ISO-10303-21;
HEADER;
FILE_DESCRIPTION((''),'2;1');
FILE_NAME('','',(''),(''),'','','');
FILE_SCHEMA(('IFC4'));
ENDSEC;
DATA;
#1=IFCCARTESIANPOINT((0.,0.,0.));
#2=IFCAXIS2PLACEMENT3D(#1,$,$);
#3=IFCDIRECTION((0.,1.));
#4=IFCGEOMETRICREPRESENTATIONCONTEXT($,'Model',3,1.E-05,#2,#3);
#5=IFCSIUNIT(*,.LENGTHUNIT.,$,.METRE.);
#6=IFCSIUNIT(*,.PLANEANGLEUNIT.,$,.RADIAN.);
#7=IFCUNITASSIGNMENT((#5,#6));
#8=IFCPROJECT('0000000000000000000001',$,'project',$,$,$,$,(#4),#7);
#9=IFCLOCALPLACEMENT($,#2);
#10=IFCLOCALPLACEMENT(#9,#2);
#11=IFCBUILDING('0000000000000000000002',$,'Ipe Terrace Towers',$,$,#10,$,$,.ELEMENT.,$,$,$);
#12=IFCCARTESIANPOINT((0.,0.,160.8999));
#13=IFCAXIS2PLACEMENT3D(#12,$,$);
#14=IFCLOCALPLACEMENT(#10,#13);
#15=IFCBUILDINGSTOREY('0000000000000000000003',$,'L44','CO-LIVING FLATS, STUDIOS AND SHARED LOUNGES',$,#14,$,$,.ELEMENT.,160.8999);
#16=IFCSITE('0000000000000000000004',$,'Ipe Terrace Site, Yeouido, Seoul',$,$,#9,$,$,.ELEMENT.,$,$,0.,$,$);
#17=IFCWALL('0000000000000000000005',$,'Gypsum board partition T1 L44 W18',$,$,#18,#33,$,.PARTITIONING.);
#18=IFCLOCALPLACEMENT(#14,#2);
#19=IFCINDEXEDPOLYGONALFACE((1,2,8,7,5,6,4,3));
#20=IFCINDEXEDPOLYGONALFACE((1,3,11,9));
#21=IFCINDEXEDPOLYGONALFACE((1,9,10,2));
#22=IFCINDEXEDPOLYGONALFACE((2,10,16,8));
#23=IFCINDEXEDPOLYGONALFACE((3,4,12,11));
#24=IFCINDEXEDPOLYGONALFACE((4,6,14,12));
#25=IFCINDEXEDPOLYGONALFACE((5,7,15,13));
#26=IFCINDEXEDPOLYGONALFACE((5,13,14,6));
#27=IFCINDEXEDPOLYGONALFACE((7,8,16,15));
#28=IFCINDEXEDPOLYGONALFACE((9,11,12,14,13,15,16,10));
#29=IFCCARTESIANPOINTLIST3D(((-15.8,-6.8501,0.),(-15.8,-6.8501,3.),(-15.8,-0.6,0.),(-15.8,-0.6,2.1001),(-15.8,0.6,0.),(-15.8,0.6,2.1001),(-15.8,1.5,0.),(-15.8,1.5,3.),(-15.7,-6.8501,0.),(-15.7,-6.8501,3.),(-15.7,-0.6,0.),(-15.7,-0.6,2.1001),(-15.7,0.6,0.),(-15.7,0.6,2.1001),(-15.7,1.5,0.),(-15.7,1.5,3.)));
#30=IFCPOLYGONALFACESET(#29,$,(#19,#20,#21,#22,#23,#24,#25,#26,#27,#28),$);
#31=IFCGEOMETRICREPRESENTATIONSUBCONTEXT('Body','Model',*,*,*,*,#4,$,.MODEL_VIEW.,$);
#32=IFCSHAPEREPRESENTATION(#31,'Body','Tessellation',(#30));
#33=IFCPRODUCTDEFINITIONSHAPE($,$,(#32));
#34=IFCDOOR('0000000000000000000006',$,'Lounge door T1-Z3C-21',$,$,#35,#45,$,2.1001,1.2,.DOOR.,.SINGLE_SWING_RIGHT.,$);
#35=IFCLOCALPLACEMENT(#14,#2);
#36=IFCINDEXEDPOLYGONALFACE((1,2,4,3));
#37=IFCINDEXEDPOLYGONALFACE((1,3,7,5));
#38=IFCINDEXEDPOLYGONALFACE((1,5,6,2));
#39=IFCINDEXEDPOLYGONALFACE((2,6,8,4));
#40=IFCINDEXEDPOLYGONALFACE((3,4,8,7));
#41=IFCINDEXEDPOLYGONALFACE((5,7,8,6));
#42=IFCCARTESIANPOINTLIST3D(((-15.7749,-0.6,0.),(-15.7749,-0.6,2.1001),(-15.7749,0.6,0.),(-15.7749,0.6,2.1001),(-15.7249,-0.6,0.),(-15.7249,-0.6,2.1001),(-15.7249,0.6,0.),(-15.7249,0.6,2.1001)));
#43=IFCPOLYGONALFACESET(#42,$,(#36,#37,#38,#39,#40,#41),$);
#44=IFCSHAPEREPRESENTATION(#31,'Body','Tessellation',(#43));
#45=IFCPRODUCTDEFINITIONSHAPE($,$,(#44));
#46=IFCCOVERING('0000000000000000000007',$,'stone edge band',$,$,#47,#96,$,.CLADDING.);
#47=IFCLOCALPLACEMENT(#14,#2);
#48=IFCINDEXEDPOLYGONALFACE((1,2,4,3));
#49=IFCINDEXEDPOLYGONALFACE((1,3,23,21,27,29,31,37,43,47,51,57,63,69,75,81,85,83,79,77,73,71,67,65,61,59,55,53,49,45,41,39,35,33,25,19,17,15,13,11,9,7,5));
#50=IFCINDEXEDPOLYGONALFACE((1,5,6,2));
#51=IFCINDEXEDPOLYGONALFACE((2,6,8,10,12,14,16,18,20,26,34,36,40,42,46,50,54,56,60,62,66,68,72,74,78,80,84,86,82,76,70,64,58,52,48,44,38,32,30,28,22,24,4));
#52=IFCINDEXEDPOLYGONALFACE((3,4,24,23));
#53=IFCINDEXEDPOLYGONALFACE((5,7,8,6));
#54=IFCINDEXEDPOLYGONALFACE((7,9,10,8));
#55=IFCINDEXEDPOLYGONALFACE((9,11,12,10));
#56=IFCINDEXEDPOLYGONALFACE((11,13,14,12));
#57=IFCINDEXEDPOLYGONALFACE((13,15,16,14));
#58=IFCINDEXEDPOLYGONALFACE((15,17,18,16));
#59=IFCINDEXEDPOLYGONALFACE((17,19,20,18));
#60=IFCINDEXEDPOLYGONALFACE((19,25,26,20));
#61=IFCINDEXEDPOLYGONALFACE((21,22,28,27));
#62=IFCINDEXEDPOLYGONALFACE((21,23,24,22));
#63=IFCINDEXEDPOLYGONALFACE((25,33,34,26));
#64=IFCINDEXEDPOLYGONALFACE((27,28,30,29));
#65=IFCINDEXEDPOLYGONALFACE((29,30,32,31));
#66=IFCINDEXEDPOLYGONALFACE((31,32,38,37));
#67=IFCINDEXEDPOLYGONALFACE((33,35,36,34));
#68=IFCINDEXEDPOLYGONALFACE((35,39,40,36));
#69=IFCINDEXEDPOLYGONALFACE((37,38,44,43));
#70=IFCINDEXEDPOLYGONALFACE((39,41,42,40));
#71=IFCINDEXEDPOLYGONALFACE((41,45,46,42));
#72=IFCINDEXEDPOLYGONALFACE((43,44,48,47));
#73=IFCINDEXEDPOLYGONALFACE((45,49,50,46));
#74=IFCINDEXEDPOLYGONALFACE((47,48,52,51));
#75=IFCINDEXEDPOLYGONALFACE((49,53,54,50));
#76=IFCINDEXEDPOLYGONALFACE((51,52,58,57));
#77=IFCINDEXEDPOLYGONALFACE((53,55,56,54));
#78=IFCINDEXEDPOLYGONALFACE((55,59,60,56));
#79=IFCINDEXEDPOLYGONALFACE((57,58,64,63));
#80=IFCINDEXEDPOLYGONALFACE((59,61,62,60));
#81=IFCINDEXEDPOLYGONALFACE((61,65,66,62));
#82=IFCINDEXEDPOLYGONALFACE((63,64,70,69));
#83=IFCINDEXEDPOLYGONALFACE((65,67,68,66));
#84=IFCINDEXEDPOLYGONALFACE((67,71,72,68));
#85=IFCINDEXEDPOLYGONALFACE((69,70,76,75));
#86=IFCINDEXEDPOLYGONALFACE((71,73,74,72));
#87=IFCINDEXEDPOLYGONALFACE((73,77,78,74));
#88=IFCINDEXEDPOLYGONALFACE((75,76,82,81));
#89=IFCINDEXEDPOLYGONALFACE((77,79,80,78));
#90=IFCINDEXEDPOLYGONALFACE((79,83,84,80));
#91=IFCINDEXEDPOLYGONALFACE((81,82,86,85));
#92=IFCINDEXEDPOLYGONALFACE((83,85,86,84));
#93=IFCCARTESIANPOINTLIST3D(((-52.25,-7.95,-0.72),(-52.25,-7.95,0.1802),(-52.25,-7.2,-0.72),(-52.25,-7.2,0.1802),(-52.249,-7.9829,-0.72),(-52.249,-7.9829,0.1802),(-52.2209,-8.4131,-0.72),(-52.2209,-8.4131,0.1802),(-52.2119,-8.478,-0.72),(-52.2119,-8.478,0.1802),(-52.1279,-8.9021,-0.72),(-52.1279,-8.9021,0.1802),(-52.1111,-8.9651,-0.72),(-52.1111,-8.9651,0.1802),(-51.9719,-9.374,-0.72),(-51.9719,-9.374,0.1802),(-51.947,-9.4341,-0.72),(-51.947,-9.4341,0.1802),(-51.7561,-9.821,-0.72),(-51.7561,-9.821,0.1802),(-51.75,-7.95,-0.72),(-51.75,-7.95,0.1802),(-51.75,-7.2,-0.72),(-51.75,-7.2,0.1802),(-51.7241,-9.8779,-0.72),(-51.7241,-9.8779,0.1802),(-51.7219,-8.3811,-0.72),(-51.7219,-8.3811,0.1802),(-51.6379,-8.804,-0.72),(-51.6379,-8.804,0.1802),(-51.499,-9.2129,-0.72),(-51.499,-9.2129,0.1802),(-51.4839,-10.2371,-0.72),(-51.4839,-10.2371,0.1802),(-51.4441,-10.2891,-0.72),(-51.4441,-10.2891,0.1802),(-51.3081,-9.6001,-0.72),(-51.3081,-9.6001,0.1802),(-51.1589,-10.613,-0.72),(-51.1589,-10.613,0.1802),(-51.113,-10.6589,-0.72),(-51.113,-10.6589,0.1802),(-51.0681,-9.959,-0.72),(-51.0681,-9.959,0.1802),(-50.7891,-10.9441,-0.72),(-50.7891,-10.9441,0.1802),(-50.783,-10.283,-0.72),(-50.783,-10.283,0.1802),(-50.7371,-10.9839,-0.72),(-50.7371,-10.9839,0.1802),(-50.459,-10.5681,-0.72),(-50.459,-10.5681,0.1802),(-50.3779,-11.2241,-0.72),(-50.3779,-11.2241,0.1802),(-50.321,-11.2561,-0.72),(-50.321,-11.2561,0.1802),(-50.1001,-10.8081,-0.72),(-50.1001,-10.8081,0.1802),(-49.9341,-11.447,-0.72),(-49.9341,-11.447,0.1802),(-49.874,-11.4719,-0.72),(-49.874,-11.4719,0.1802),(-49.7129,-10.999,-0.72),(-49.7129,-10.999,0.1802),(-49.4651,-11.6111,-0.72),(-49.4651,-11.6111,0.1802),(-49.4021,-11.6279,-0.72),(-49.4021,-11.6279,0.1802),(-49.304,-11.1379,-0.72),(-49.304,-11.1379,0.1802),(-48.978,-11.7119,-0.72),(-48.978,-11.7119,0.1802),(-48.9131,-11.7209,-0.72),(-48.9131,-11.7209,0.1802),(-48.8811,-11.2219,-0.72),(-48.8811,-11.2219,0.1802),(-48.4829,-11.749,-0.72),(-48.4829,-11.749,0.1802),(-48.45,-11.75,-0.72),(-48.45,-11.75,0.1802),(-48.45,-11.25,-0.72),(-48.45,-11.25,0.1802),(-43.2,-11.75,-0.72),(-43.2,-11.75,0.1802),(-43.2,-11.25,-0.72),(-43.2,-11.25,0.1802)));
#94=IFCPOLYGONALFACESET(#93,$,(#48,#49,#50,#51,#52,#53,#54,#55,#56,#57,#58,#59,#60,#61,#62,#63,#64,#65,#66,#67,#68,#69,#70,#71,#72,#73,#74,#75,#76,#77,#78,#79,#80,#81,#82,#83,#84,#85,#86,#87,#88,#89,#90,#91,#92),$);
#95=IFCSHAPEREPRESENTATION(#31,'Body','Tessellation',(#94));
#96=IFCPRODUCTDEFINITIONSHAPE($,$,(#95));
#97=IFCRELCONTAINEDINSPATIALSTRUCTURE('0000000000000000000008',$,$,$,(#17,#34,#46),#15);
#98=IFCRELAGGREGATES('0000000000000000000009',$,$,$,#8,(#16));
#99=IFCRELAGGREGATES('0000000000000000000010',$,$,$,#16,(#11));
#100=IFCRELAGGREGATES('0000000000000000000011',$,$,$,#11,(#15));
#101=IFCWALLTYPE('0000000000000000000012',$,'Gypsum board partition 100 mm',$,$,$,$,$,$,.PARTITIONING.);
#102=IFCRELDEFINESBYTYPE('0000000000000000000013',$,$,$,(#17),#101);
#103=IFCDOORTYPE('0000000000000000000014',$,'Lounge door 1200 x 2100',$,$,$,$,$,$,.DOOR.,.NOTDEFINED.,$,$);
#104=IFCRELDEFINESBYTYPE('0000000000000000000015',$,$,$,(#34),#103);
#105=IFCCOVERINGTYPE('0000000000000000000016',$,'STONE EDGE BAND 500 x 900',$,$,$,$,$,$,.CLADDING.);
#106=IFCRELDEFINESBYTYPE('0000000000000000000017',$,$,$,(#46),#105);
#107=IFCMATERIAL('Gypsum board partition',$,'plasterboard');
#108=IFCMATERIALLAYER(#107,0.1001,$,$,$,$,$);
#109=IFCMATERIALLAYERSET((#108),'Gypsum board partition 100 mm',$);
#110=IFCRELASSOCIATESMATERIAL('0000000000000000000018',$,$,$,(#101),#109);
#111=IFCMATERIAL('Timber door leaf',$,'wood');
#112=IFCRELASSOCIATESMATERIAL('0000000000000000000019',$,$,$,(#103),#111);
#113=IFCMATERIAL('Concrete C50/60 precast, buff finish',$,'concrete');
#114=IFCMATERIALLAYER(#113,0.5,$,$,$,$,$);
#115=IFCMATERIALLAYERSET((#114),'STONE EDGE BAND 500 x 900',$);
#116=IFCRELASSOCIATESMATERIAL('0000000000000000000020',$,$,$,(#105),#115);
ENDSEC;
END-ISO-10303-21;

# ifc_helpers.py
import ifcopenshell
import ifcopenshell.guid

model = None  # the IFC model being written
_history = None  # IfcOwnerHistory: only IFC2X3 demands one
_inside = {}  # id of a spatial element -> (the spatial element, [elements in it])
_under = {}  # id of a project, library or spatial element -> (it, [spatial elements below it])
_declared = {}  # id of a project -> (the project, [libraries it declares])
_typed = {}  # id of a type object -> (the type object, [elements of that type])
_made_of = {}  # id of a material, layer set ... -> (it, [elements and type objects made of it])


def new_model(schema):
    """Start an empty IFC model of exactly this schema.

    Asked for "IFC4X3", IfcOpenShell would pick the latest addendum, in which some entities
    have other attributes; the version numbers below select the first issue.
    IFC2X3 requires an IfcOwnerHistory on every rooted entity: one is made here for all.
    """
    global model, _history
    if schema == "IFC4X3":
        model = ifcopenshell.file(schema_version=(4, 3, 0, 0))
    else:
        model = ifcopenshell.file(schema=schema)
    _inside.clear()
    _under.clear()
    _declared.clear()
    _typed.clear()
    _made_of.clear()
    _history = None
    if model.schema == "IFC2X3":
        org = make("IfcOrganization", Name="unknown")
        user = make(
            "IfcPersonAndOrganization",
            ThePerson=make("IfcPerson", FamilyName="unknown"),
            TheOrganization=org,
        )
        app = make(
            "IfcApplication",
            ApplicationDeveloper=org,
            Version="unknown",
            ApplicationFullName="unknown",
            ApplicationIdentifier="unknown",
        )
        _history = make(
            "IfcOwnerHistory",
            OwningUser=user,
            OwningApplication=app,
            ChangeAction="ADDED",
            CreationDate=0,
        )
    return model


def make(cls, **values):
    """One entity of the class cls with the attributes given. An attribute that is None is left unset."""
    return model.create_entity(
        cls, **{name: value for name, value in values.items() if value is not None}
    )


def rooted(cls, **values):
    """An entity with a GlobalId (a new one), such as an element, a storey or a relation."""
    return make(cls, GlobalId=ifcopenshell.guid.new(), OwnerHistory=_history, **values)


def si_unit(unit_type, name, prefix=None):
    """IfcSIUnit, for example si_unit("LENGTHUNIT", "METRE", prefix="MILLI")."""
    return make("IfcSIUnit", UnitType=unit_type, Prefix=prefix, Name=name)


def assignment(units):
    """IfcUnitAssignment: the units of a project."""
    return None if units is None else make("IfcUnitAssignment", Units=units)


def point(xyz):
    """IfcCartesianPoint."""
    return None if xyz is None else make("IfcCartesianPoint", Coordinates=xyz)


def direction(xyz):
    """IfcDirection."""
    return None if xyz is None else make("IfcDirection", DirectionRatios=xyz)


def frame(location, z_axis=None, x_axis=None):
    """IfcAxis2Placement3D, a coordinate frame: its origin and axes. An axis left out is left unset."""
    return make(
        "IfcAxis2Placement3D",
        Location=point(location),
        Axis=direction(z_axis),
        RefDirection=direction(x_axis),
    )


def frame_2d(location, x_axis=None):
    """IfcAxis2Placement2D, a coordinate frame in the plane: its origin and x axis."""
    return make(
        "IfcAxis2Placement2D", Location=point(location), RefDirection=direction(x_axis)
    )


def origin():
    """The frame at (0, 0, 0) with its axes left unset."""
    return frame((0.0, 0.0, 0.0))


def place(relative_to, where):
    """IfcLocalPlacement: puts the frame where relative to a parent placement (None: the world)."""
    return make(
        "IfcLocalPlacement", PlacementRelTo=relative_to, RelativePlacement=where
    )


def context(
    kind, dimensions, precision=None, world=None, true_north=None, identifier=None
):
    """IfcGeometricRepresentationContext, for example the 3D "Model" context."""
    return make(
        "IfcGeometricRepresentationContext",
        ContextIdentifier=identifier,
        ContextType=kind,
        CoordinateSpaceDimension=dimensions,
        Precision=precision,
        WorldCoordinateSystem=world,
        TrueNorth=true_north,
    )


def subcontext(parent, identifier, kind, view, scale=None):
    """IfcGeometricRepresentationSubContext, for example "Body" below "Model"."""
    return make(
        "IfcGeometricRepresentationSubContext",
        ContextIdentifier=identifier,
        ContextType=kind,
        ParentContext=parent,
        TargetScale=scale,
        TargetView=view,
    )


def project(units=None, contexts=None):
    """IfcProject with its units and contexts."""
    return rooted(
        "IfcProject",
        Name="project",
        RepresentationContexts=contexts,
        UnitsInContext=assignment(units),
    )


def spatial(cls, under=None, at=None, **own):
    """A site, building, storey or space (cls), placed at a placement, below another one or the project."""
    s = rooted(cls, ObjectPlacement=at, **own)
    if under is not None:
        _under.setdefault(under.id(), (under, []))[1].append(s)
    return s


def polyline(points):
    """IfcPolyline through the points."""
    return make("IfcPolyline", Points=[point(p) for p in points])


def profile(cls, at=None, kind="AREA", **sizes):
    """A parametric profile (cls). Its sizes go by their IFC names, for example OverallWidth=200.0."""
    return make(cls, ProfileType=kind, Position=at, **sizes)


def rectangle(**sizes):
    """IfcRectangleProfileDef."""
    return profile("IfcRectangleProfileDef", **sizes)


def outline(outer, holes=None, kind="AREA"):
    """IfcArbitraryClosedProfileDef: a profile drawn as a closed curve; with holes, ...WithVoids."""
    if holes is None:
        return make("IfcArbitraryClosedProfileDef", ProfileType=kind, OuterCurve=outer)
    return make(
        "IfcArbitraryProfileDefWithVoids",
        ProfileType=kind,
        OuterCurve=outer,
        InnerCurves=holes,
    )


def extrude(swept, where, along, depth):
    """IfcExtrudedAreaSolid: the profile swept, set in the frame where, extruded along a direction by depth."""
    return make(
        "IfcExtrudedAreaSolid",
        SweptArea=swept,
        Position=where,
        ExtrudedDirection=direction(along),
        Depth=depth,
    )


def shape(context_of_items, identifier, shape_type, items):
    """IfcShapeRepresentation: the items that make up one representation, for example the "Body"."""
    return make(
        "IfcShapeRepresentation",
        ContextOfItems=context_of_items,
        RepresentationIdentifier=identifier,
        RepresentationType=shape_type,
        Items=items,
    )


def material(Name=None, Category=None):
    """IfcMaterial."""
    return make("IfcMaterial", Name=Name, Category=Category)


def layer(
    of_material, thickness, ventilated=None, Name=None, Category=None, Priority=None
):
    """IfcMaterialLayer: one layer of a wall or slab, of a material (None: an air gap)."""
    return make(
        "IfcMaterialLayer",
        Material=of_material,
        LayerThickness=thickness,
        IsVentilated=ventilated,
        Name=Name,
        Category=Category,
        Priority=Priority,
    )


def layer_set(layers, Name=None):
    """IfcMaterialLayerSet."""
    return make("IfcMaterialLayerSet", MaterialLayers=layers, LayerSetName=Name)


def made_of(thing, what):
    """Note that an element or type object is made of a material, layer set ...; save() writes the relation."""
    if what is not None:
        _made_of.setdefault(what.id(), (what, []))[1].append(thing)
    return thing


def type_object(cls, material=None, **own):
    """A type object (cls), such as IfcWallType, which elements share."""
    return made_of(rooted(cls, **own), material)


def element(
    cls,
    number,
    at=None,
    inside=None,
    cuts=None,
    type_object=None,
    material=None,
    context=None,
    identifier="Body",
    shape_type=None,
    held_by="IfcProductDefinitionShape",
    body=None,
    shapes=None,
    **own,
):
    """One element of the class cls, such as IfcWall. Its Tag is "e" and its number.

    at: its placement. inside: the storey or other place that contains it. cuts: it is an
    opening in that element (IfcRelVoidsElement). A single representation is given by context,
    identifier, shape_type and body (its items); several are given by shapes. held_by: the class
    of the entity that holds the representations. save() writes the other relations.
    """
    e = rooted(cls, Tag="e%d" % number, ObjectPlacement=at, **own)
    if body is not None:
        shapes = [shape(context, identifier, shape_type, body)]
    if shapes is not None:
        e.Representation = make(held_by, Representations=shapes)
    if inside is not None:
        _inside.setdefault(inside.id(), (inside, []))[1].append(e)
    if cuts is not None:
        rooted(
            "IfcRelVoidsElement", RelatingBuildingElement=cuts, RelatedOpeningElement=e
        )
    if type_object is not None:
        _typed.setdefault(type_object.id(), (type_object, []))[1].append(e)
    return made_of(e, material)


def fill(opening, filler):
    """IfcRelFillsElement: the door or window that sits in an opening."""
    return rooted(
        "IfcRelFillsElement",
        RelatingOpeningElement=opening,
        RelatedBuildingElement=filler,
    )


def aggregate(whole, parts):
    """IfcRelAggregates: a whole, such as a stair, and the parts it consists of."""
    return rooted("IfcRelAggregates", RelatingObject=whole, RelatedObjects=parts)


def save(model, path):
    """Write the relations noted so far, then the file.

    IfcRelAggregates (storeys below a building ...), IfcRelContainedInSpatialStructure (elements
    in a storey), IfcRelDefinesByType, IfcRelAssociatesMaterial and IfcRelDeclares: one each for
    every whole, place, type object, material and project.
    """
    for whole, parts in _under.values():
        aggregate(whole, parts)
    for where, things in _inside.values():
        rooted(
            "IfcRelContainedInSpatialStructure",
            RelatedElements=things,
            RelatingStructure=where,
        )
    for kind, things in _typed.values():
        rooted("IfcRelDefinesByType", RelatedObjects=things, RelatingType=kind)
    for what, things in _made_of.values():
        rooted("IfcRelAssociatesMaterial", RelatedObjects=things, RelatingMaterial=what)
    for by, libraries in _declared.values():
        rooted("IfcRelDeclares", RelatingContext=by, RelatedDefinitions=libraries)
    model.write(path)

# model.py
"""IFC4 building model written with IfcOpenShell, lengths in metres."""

from ifc_helpers import new_model, si_unit, direction, frame, frame_2d, origin, place, context, subcontext, project, spatial, polyline, rectangle, outline, extrude, material, layer, layer_set, type_object, element, fill, save


model = new_model("IFC4")

# Units and contexts
model_context = context("Model", 3, precision=1e-05, world=origin(), true_north=direction((0.0, 1.0)))
body_context = subcontext(model_context, "Body", "Model", "MODEL_VIEW")
ifc_project = project(units=[si_unit("LENGTHUNIT", "METRE"), si_unit("PLANEANGLEUNIT", "RADIAN")], contexts=[model_context])

# Site, building, storey
site_placement = place(None, origin())
site = spatial("IfcSite", under=ifc_project, at=site_placement, Name="Ipe Terrace Site, Yeouido, Seoul", CompositionType="ELEMENT", RefElevation=0.0)
building_placement = place(site_placement, origin())
building = spatial("IfcBuilding", under=site, at=building_placement, Name="Ipe Terrace Towers", CompositionType="ELEMENT")
storey_placement = place(building_placement, frame((0.0, 0.0, 160.8999)))
storey = spatial("IfcBuildingStorey", under=building, at=storey_placement, Name="L44", Description="CO-LIVING FLATS, STUDIOS AND SHARED LOUNGES", CompositionType="ELEMENT", Elevation=160.8999)

# Wall, opening, door
ifc_material_1 = material(Name="Gypsum board partition", Category="plasterboard")
ifc_layer_1 = layer(ifc_material_1, 0.1001)
ifc_layer_set_1 = layer_set([ifc_layer_1], Name="Gypsum board partition 100 mm")
wall_type_1 = type_object("IfcWallType", Name="Gypsum board partition 100 mm", PredefinedType="PARTITIONING", material=ifc_layer_set_1)
wall_1_placement = place(storey_placement, frame((-15.75, -6.8501, 0.0), z_axis=(0.0, 0.0, 1.0), x_axis=(0.0, 1.0, 0.0)))
wall_1 = element("IfcWall", 1, at=wall_1_placement, inside=storey, type_object=wall_type_1, Name="Gypsum board partition T1 L44 W18", PredefinedType="PARTITIONING", context=body_context, shape_type="SweptSolid", body=[
    extrude(rectangle(XDim=8.3501, YDim=0.1001, at=frame_2d((4.175, 0.0))), origin(), (0.0, 0.0, 1.0), 3.0),
])
opening_placement = place(wall_1_placement, frame((6.25, 0.0, 0.0)))
opening = element("IfcOpeningElement", 2, at=opening_placement, cuts=wall_1, PredefinedType="OPENING", context=body_context, shape_type="SweptSolid", body=[
    extrude(rectangle(XDim=1.2, YDim=2.1001, at=frame_2d((0.6001, 1.05))), frame((0.0, 0.0601, 0.0), z_axis=(0.0, -1.0, 0.0), x_axis=(1.0, 0.0, 0.0)), (0.0, 0.0, 1.0), 0.1201),
])
ifc_material_2 = material(Name="Timber door leaf", Category="wood")
door_type = type_object("IfcDoorType", Name="Lounge door 1200 x 2100", OperationType="NOTDEFINED", PredefinedType="DOOR", material=ifc_material_2)
door_placement = place(opening_placement, origin())
door = element("IfcDoor", 3, at=door_placement, inside=storey, type_object=door_type, Name="Lounge door T1-Z3C-21", OperationType="SINGLE_SWING_RIGHT", OverallHeight=2.1001, OverallWidth=1.2, PredefinedType="DOOR", context=body_context, shape_type="SweptSolid", body=[
    extrude(rectangle(XDim=1.2, YDim=2.1001, at=frame_2d((0.6001, 1.05))), frame((0.0, 0.0249, 0.0), z_axis=(0.0, -1.0, 0.0), x_axis=(1.0, 0.0, 0.0)), (0.0, 0.0, 1.0), 0.05),
])
fill(opening, door)

# Covering
ifc_material_3 = material(Name="Concrete C50/60 precast, buff finish", Category="concrete")
ifc_layer_2 = layer(ifc_material_3, 0.5)
ifc_layer_set_2 = layer_set([ifc_layer_2], Name="STONE EDGE BAND 500 x 900")
covering_type = type_object("IfcCoveringType", Name="STONE EDGE BAND 500 x 900", PredefinedType="CLADDING", material=ifc_layer_set_2)
covering_placement = place(storey_placement, frame((0.0, 0.0, -0.72)))
element("IfcCovering", 4, at=covering_placement, inside=storey, type_object=covering_type, Name="stone edge band", PredefinedType="CLADDING", context=body_context, shape_type="SweptSolid", body=[
    extrude(outline(polyline([(-48.45, -11.75), (-43.2, -11.75), (-43.2, -11.25), (-48.45, -11.25), (-48.8811, -11.2219), (-49.304, -11.1379), (-49.7129, -10.999), (-50.1001, -10.8081), (-50.459, -10.5681), (-50.783, -10.283), (-51.0681, -9.959), (-51.3081, -9.6001), (-51.499, -9.2129), (-51.6379, -8.804), (-51.7219, -8.3811), (-51.75, -7.95), (-51.75, -7.2), (-52.25, -7.2), (-52.25, -7.95), (-52.249, -7.9829), (-52.2209, -8.4131), (-52.2119, -8.478), (-52.1279, -8.9021), (-52.1111, -8.9651), (-51.9719, -9.374), (-51.947, -9.4341), (-51.7561, -9.821), (-51.7241, -9.8779), (-51.4839, -10.2371), (-51.4441, -10.2891), (-51.1589, -10.613), (-51.113, -10.6589), (-50.7891, -10.9441), (-50.7371, -10.9839), (-50.3779, -11.2241), (-50.321, -11.2561), (-49.9341, -11.447), (-49.874, -11.4719), (-49.4651, -11.6111), (-49.4021, -11.6279), (-48.978, -11.7119), (-48.9131, -11.7209), (-48.4829, -11.749), (-48.45, -11.75)])), origin(), (0.0, 0.0, 1.0), 0.9001),
])

save(model, "model.ifc")
